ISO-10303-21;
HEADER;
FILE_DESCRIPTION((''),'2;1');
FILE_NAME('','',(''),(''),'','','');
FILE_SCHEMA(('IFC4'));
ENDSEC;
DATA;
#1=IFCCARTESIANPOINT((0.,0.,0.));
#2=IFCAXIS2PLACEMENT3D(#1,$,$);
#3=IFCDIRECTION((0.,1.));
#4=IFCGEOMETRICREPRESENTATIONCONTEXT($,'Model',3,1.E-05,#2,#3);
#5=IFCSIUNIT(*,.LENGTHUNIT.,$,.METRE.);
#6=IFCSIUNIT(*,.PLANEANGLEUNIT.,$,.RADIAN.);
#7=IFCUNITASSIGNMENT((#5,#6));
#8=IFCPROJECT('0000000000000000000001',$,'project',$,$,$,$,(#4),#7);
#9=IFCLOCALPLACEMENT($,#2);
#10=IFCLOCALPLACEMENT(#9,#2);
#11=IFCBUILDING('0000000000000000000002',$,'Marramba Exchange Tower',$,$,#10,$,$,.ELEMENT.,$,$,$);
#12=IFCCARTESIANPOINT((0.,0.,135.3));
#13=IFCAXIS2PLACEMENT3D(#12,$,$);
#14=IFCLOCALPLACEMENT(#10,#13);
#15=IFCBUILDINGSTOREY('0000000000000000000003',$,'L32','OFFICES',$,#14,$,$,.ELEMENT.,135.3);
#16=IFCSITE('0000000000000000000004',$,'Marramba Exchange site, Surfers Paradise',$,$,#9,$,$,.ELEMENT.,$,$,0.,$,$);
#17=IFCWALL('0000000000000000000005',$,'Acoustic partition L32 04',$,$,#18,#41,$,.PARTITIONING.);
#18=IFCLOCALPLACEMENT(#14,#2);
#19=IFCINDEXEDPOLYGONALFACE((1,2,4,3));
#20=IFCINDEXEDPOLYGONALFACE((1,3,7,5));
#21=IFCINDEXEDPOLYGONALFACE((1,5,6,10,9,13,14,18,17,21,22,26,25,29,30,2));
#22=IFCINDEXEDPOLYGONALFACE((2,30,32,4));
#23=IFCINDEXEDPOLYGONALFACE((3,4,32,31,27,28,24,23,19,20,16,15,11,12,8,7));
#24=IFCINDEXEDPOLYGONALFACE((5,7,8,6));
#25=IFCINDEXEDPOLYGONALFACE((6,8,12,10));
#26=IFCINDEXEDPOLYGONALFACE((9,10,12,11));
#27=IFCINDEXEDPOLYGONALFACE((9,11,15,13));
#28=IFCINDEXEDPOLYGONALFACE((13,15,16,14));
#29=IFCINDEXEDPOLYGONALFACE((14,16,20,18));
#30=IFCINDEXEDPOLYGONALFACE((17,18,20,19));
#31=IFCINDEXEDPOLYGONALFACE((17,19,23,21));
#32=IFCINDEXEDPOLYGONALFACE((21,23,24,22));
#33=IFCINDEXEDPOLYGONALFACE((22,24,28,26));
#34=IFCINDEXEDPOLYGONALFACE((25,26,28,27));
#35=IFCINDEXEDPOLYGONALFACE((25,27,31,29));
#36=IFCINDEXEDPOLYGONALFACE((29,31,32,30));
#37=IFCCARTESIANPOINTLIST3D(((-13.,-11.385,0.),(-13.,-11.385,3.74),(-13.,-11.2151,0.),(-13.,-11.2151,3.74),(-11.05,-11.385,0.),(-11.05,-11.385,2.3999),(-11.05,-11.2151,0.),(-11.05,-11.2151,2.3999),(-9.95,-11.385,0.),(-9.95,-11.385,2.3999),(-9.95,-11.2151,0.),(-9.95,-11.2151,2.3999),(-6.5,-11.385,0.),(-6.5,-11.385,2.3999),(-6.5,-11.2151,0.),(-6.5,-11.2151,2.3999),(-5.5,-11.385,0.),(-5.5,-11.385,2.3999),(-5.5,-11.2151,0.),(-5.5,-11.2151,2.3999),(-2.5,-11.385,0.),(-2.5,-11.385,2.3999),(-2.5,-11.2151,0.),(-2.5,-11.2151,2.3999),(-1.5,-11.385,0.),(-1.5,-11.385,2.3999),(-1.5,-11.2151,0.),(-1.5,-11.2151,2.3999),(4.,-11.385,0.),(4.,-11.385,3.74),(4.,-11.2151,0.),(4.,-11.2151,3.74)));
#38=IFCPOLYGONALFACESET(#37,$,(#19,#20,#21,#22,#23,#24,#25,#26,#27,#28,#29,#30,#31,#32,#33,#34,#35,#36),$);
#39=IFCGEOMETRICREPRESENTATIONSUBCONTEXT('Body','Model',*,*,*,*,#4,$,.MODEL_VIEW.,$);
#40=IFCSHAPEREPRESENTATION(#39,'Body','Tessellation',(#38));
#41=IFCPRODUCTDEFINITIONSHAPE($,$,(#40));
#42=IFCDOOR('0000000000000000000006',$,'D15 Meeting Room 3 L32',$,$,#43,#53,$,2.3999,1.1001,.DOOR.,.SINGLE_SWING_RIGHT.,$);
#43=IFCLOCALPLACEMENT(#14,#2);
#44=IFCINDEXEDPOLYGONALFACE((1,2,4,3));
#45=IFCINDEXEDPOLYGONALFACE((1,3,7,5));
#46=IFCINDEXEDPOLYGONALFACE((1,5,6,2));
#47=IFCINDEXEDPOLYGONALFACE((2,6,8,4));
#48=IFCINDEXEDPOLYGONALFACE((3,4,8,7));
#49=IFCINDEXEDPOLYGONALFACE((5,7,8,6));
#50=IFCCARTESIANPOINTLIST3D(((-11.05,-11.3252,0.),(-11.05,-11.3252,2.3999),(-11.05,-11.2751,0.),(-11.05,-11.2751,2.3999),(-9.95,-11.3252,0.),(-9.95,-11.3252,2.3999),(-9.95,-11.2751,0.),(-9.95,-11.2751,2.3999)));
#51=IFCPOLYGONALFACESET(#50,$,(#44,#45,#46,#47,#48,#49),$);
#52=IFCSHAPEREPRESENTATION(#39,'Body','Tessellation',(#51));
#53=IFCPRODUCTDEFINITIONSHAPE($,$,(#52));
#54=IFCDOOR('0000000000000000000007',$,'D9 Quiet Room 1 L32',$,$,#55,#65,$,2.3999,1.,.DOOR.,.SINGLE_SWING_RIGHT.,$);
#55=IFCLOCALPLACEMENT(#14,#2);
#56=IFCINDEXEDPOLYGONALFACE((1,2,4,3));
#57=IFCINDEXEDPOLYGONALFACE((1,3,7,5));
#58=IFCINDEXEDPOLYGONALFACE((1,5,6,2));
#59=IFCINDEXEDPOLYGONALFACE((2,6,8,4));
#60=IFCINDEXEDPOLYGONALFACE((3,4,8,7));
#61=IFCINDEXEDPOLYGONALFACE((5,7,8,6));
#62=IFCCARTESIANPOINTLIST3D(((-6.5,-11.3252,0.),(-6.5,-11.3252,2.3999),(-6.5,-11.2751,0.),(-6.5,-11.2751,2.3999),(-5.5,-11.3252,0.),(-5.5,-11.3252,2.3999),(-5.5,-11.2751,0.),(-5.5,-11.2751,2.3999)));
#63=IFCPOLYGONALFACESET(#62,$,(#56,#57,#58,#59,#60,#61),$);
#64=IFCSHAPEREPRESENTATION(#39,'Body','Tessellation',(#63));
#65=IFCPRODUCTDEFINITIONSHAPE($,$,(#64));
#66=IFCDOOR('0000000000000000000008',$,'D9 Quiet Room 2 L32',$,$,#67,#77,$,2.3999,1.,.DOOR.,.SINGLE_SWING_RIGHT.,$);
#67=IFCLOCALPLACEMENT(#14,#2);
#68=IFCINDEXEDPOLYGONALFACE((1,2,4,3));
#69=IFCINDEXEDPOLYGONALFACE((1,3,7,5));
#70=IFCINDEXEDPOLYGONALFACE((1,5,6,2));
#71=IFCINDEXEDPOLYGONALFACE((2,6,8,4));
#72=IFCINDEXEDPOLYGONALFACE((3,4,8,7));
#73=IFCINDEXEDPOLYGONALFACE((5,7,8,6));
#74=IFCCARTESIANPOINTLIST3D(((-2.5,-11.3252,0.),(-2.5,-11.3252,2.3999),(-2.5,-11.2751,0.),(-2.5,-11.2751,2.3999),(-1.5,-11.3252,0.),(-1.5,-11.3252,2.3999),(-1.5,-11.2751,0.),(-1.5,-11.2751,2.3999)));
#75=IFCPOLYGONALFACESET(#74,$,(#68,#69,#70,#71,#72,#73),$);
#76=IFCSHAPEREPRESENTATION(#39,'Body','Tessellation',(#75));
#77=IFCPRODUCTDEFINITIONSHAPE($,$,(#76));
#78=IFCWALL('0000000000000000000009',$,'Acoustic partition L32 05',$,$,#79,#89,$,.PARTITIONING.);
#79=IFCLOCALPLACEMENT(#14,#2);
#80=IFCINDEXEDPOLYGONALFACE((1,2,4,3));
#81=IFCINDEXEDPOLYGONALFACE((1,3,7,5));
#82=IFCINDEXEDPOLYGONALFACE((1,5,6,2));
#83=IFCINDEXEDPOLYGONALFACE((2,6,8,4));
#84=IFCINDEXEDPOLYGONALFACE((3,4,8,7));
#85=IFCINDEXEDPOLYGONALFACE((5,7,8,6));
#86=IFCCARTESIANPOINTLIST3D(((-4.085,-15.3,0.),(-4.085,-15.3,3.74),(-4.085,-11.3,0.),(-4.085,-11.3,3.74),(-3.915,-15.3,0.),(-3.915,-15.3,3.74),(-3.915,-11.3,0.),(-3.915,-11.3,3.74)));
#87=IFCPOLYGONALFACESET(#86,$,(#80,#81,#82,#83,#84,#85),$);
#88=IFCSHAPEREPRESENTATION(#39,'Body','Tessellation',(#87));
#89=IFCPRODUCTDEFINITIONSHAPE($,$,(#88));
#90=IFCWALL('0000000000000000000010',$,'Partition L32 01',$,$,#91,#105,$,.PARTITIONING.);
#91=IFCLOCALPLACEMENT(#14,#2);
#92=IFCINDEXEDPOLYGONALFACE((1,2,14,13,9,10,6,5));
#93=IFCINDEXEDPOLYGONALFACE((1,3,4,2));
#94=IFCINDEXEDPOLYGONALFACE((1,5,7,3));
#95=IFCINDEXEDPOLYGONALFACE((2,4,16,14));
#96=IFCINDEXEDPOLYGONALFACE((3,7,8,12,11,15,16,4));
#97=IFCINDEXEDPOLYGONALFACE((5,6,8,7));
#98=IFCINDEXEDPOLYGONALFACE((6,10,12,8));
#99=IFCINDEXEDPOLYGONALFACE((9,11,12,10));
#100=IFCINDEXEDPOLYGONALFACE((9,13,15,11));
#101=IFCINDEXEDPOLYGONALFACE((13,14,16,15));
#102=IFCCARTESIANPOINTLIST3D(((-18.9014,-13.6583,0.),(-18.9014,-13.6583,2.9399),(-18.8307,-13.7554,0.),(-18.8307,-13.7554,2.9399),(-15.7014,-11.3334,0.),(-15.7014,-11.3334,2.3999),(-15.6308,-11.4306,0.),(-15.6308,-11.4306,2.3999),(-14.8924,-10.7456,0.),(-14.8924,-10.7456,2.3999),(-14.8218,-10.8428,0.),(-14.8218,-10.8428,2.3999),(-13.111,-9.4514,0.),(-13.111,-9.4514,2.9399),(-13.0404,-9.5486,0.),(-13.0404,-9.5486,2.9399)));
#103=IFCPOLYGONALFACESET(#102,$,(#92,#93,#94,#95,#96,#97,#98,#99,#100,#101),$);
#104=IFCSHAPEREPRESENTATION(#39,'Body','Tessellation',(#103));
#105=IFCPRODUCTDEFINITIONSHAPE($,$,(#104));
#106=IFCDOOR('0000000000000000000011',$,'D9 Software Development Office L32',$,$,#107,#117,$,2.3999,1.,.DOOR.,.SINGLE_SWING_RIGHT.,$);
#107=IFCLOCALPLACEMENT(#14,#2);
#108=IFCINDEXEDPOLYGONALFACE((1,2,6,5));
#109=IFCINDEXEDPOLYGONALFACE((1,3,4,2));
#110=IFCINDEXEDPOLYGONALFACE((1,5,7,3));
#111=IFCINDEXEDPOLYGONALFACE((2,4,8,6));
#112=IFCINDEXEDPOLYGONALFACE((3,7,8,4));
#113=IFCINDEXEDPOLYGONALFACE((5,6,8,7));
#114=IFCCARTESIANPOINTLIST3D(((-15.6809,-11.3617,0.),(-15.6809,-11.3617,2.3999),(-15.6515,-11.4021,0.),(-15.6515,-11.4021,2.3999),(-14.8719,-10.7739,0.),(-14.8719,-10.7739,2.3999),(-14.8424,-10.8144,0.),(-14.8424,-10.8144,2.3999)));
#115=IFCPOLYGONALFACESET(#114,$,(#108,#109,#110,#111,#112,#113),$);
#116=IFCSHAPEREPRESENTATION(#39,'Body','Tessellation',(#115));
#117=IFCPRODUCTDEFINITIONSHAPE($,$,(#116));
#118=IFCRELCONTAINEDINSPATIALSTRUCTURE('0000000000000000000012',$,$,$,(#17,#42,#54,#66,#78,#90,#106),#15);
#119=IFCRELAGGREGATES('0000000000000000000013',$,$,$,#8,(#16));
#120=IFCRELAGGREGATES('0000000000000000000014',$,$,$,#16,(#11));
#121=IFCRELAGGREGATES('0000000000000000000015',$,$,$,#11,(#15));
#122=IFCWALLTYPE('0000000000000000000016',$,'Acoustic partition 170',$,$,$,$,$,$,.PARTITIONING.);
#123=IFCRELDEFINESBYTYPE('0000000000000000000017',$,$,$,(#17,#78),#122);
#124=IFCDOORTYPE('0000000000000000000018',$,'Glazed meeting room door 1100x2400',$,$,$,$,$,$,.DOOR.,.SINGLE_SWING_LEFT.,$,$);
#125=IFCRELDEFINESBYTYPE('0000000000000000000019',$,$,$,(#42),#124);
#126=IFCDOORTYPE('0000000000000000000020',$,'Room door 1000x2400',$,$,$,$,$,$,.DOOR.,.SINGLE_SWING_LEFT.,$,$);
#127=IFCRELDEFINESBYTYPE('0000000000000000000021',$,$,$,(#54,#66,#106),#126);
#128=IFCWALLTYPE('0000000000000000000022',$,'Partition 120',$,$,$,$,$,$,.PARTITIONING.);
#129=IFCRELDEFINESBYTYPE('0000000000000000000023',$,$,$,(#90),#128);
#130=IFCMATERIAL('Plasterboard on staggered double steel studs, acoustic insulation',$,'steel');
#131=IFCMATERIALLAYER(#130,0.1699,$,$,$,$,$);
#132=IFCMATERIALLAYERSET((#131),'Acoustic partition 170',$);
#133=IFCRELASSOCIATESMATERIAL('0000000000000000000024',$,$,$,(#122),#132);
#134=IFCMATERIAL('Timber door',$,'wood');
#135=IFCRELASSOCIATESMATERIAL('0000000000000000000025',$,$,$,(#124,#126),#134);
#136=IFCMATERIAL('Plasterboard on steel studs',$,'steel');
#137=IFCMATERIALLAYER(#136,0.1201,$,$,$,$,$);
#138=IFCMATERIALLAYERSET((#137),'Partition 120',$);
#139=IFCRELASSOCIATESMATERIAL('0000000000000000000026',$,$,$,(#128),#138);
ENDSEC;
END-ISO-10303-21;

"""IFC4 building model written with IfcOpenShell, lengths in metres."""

from ifc_helpers import new_model, si_unit, direction, frame, frame_2d, origin, place, context, subcontext, project, spatial, rectangle, extrude, material, layer, layer_set, type_object, element, fill, save


model = new_model("IFC4")

# Units and contexts
model_context = context("Model", 3, precision=1e-05, world=origin(), true_north=direction((0.0, 1.0)))
body_context = subcontext(model_context, "Body", "Model", "MODEL_VIEW")
ifc_project = project(units=[si_unit("LENGTHUNIT", "METRE"), si_unit("PLANEANGLEUNIT", "RADIAN")], contexts=[model_context])

# Site, building, storey
site_placement = place(None, origin())
site = spatial("IfcSite", under=ifc_project, at=site_placement, Name="Marramba Exchange site, Surfers Paradise", CompositionType="ELEMENT", RefElevation=0.0)
building_placement = place(site_placement, origin())
building = spatial("IfcBuilding", under=site, at=building_placement, Name="Marramba Exchange Tower", CompositionType="ELEMENT")
storey_placement = place(building_placement, frame((0.0, 0.0, 135.3)))
storey = spatial("IfcBuildingStorey", under=building, at=storey_placement, Name="L32", Description="OFFICES", CompositionType="ELEMENT", Elevation=135.3)

# Shared definitions
ifc_material_1 = material(Name="Plasterboard on staggered double steel studs, acoustic insulation", Category="steel")
ifc_layer_1 = layer(ifc_material_1, 0.1699)
ifc_layer_set_1 = layer_set([ifc_layer_1], Name="Acoustic partition 170")
wall_type_1 = type_object("IfcWallType", Name="Acoustic partition 170", PredefinedType="PARTITIONING", material=ifc_layer_set_1)

# Wall, openings, doors
wall_1_placement = place(storey_placement, frame((-13.0, -11.3, 0.0), z_axis=(0.0, 0.0, 1.0), x_axis=(1.0, 0.0, 0.0)))
wall_1 = element("IfcWall", 1, at=wall_1_placement, inside=storey, type_object=wall_type_1, Name="Acoustic partition L32 04", PredefinedType="PARTITIONING", context=body_context, shape_type="SweptSolid", body=[
    extrude(rectangle(XDim=17.0, YDim=0.1699, at=frame_2d((8.5, 0.0))), origin(), (0.0, 0.0, 1.0), 3.74),
])
opening_1_placement = place(wall_1_placement, frame((1.95, 0.0, 0.0)))
opening_1 = element("IfcOpeningElement", 2, at=opening_1_placement, cuts=wall_1, PredefinedType="OPENING", context=body_context, shape_type="SweptSolid", body=[
    extrude(rectangle(XDim=1.1001, YDim=2.3999, at=frame_2d((0.55, 1.2))), frame((0.0, 0.095, 0.0), z_axis=(0.0, -1.0, 0.0), x_axis=(1.0, 0.0, 0.0)), (0.0, 0.0, 1.0), 0.1899),
])
opening_2_placement = place(wall_1_placement, frame((6.5, 0.0, 0.0)))
opening_2 = element("IfcOpeningElement", 3, at=opening_2_placement, cuts=wall_1, PredefinedType="OPENING", context=body_context, shape_type="SweptSolid", body=[
    extrude(rectangle(XDim=1.0, YDim=2.3999, at=frame_2d((0.5, 1.2))), frame((0.0, 0.095, 0.0), z_axis=(0.0, -1.0, 0.0), x_axis=(1.0, 0.0, 0.0)), (0.0, 0.0, 1.0), 0.1899),
])
opening_3_placement = place(wall_1_placement, frame((10.5, 0.0, 0.0)))
opening_3 = element("IfcOpeningElement", 4, at=opening_3_placement, cuts=wall_1, PredefinedType="OPENING", context=body_context, shape_type="SweptSolid", body=[
    extrude(rectangle(XDim=1.0, YDim=2.3999, at=frame_2d((0.5, 1.2))), frame((0.0, 0.095, 0.0), z_axis=(0.0, -1.0, 0.0), x_axis=(1.0, 0.0, 0.0)), (0.0, 0.0, 1.0), 0.1899),
])
ifc_material_2 = material(Name="Timber door", Category="wood")
door_type_1 = type_object("IfcDoorType", Name="Glazed meeting room door 1100x2400", OperationType="SINGLE_SWING_LEFT", PredefinedType="DOOR", material=ifc_material_2)
door_1_placement = place(opening_1_placement, frame((1.1001, 0.0, 0.0), z_axis=(0.0, 0.0, 1.0), x_axis=(-1.0, 0.0, 0.0)))
door_1 = element("IfcDoor", 5, at=door_1_placement, inside=storey, type_object=door_type_1, Name="D15 Meeting Room 3 L32", OperationType="SINGLE_SWING_RIGHT", OverallHeight=2.3999, OverallWidth=1.1001, PredefinedType="DOOR", context=body_context, shape_type="SweptSolid", body=[
    extrude(rectangle(XDim=1.1001, YDim=2.3999, at=frame_2d((0.55, 1.2))), frame((0.0, 0.0251, 0.0), z_axis=(0.0, -1.0, 0.0), x_axis=(1.0, 0.0, 0.0)), (0.0, 0.0, 1.0), 0.05),
])
fill(opening_1, door_1)
door_type_2 = type_object("IfcDoorType", Name="Room door 1000x2400", OperationType="SINGLE_SWING_LEFT", PredefinedType="DOOR", material=ifc_material_2)
door_2_placement = place(opening_2_placement, frame((1.0, 0.0, 0.0), z_axis=(0.0, 0.0, 1.0), x_axis=(-1.0, 0.0, 0.0)))
door_2 = element("IfcDoor", 6, at=door_2_placement, inside=storey, type_object=door_type_2, Name="D9 Quiet Room 1 L32", OperationType="SINGLE_SWING_RIGHT", OverallHeight=2.3999, OverallWidth=1.0, PredefinedType="DOOR", context=body_context, shape_type="SweptSolid", body=[
    extrude(rectangle(XDim=1.0, YDim=2.3999, at=frame_2d((0.5, 1.2))), frame((0.0, 0.0251, 0.0), z_axis=(0.0, -1.0, 0.0), x_axis=(1.0, 0.0, 0.0)), (0.0, 0.0, 1.0), 0.05),
])
fill(opening_2, door_2)
door_3_placement = place(opening_3_placement, frame((1.0, 0.0, 0.0), z_axis=(0.0, 0.0, 1.0), x_axis=(-1.0, 0.0, 0.0)))
door_3 = element("IfcDoor", 7, at=door_3_placement, inside=storey, type_object=door_type_2, Name="D9 Quiet Room 2 L32", OperationType="SINGLE_SWING_RIGHT", OverallHeight=2.3999, OverallWidth=1.0, PredefinedType="DOOR", context=body_context, shape_type="SweptSolid", body=[
    extrude(rectangle(XDim=1.0, YDim=2.3999, at=frame_2d((0.5, 1.2))), frame((0.0, 0.0251, 0.0), z_axis=(0.0, -1.0, 0.0), x_axis=(1.0, 0.0, 0.0)), (0.0, 0.0, 1.0), 0.05),
])
fill(opening_3, door_3)

# Wall
wall_2_placement = place(storey_placement, frame((-4.0, -11.3, 0.0), z_axis=(0.0, 0.0, 1.0), x_axis=(0.0, -1.0, 0.0)))
element("IfcWall", 8, at=wall_2_placement, inside=storey, type_object=wall_type_1, Name="Acoustic partition L32 05", PredefinedType="PARTITIONING", context=body_context, shape_type="SweptSolid", body=[
    extrude(rectangle(XDim=4.0, YDim=0.1699, at=frame_2d((2.0, 0.0))), origin(), (0.0, 0.0, 1.0), 3.74),
])

# Wall, opening, door
ifc_material_3 = material(Name="Plasterboard on steel studs", Category="steel")
ifc_layer_2 = layer(ifc_material_3, 0.1201)
ifc_layer_set_2 = layer_set([ifc_layer_2], Name="Partition 120")
wall_type_2 = type_object("IfcWallType", Name="Partition 120", PredefinedType="PARTITIONING", material=ifc_layer_set_2)
wall_3_placement = place(storey_placement, frame((-13.0757, -9.5, 0.0), z_axis=(0.0, 0.0, 1.0), x_axis=(-0.809024, -0.587776, 0.0)))
wall_3 = element("IfcWall", 9, at=wall_3_placement, inside=storey, type_object=wall_type_2, Name="Partition L32 01", PredefinedType="PARTITIONING", context=body_context, shape_type="SweptSolid", body=[
    extrude(rectangle(XDim=7.1572, YDim=0.1201, at=frame_2d((3.5786, 0.0))), origin(), (0.0, 0.0, 1.0), 2.9399),
])
opening_4_placement = place(wall_3_placement, frame((2.2019, 0.0, 0.0)))
opening_4 = element("IfcOpeningElement", 10, at=opening_4_placement, cuts=wall_3, PredefinedType="OPENING", context=body_context, shape_type="SweptSolid", body=[
    extrude(rectangle(XDim=1.0, YDim=2.3999, at=frame_2d((0.5, 1.2))), frame((0.0, 0.0701, 0.0), z_axis=(0.0, -1.0, 0.0), x_axis=(1.0, 0.0, 0.0)), (0.0, 0.0, 1.0), 0.1401),
])
door_4_placement = place(opening_4_placement, frame((1.0, 0.0, 0.0), z_axis=(0.0, 0.0, 1.0), x_axis=(-1.0, 0.0, 0.0)))
door_4 = element("IfcDoor", 11, at=door_4_placement, inside=storey, type_object=door_type_2, Name="D9 Software Development Office L32", OperationType="SINGLE_SWING_RIGHT", OverallHeight=2.3999, OverallWidth=1.0, PredefinedType="DOOR", context=body_context, shape_type="SweptSolid", body=[
    extrude(rectangle(XDim=1.0, YDim=2.3999, at=frame_2d((0.5, 1.2))), frame((0.0, 0.0251, 0.0), z_axis=(0.0, -1.0, 0.0), x_axis=(1.0, 0.0, 0.0)), (0.0, 0.0, 1.0), 0.05),
])
fill(opening_4, door_4)

save(model, "model.ifc")
